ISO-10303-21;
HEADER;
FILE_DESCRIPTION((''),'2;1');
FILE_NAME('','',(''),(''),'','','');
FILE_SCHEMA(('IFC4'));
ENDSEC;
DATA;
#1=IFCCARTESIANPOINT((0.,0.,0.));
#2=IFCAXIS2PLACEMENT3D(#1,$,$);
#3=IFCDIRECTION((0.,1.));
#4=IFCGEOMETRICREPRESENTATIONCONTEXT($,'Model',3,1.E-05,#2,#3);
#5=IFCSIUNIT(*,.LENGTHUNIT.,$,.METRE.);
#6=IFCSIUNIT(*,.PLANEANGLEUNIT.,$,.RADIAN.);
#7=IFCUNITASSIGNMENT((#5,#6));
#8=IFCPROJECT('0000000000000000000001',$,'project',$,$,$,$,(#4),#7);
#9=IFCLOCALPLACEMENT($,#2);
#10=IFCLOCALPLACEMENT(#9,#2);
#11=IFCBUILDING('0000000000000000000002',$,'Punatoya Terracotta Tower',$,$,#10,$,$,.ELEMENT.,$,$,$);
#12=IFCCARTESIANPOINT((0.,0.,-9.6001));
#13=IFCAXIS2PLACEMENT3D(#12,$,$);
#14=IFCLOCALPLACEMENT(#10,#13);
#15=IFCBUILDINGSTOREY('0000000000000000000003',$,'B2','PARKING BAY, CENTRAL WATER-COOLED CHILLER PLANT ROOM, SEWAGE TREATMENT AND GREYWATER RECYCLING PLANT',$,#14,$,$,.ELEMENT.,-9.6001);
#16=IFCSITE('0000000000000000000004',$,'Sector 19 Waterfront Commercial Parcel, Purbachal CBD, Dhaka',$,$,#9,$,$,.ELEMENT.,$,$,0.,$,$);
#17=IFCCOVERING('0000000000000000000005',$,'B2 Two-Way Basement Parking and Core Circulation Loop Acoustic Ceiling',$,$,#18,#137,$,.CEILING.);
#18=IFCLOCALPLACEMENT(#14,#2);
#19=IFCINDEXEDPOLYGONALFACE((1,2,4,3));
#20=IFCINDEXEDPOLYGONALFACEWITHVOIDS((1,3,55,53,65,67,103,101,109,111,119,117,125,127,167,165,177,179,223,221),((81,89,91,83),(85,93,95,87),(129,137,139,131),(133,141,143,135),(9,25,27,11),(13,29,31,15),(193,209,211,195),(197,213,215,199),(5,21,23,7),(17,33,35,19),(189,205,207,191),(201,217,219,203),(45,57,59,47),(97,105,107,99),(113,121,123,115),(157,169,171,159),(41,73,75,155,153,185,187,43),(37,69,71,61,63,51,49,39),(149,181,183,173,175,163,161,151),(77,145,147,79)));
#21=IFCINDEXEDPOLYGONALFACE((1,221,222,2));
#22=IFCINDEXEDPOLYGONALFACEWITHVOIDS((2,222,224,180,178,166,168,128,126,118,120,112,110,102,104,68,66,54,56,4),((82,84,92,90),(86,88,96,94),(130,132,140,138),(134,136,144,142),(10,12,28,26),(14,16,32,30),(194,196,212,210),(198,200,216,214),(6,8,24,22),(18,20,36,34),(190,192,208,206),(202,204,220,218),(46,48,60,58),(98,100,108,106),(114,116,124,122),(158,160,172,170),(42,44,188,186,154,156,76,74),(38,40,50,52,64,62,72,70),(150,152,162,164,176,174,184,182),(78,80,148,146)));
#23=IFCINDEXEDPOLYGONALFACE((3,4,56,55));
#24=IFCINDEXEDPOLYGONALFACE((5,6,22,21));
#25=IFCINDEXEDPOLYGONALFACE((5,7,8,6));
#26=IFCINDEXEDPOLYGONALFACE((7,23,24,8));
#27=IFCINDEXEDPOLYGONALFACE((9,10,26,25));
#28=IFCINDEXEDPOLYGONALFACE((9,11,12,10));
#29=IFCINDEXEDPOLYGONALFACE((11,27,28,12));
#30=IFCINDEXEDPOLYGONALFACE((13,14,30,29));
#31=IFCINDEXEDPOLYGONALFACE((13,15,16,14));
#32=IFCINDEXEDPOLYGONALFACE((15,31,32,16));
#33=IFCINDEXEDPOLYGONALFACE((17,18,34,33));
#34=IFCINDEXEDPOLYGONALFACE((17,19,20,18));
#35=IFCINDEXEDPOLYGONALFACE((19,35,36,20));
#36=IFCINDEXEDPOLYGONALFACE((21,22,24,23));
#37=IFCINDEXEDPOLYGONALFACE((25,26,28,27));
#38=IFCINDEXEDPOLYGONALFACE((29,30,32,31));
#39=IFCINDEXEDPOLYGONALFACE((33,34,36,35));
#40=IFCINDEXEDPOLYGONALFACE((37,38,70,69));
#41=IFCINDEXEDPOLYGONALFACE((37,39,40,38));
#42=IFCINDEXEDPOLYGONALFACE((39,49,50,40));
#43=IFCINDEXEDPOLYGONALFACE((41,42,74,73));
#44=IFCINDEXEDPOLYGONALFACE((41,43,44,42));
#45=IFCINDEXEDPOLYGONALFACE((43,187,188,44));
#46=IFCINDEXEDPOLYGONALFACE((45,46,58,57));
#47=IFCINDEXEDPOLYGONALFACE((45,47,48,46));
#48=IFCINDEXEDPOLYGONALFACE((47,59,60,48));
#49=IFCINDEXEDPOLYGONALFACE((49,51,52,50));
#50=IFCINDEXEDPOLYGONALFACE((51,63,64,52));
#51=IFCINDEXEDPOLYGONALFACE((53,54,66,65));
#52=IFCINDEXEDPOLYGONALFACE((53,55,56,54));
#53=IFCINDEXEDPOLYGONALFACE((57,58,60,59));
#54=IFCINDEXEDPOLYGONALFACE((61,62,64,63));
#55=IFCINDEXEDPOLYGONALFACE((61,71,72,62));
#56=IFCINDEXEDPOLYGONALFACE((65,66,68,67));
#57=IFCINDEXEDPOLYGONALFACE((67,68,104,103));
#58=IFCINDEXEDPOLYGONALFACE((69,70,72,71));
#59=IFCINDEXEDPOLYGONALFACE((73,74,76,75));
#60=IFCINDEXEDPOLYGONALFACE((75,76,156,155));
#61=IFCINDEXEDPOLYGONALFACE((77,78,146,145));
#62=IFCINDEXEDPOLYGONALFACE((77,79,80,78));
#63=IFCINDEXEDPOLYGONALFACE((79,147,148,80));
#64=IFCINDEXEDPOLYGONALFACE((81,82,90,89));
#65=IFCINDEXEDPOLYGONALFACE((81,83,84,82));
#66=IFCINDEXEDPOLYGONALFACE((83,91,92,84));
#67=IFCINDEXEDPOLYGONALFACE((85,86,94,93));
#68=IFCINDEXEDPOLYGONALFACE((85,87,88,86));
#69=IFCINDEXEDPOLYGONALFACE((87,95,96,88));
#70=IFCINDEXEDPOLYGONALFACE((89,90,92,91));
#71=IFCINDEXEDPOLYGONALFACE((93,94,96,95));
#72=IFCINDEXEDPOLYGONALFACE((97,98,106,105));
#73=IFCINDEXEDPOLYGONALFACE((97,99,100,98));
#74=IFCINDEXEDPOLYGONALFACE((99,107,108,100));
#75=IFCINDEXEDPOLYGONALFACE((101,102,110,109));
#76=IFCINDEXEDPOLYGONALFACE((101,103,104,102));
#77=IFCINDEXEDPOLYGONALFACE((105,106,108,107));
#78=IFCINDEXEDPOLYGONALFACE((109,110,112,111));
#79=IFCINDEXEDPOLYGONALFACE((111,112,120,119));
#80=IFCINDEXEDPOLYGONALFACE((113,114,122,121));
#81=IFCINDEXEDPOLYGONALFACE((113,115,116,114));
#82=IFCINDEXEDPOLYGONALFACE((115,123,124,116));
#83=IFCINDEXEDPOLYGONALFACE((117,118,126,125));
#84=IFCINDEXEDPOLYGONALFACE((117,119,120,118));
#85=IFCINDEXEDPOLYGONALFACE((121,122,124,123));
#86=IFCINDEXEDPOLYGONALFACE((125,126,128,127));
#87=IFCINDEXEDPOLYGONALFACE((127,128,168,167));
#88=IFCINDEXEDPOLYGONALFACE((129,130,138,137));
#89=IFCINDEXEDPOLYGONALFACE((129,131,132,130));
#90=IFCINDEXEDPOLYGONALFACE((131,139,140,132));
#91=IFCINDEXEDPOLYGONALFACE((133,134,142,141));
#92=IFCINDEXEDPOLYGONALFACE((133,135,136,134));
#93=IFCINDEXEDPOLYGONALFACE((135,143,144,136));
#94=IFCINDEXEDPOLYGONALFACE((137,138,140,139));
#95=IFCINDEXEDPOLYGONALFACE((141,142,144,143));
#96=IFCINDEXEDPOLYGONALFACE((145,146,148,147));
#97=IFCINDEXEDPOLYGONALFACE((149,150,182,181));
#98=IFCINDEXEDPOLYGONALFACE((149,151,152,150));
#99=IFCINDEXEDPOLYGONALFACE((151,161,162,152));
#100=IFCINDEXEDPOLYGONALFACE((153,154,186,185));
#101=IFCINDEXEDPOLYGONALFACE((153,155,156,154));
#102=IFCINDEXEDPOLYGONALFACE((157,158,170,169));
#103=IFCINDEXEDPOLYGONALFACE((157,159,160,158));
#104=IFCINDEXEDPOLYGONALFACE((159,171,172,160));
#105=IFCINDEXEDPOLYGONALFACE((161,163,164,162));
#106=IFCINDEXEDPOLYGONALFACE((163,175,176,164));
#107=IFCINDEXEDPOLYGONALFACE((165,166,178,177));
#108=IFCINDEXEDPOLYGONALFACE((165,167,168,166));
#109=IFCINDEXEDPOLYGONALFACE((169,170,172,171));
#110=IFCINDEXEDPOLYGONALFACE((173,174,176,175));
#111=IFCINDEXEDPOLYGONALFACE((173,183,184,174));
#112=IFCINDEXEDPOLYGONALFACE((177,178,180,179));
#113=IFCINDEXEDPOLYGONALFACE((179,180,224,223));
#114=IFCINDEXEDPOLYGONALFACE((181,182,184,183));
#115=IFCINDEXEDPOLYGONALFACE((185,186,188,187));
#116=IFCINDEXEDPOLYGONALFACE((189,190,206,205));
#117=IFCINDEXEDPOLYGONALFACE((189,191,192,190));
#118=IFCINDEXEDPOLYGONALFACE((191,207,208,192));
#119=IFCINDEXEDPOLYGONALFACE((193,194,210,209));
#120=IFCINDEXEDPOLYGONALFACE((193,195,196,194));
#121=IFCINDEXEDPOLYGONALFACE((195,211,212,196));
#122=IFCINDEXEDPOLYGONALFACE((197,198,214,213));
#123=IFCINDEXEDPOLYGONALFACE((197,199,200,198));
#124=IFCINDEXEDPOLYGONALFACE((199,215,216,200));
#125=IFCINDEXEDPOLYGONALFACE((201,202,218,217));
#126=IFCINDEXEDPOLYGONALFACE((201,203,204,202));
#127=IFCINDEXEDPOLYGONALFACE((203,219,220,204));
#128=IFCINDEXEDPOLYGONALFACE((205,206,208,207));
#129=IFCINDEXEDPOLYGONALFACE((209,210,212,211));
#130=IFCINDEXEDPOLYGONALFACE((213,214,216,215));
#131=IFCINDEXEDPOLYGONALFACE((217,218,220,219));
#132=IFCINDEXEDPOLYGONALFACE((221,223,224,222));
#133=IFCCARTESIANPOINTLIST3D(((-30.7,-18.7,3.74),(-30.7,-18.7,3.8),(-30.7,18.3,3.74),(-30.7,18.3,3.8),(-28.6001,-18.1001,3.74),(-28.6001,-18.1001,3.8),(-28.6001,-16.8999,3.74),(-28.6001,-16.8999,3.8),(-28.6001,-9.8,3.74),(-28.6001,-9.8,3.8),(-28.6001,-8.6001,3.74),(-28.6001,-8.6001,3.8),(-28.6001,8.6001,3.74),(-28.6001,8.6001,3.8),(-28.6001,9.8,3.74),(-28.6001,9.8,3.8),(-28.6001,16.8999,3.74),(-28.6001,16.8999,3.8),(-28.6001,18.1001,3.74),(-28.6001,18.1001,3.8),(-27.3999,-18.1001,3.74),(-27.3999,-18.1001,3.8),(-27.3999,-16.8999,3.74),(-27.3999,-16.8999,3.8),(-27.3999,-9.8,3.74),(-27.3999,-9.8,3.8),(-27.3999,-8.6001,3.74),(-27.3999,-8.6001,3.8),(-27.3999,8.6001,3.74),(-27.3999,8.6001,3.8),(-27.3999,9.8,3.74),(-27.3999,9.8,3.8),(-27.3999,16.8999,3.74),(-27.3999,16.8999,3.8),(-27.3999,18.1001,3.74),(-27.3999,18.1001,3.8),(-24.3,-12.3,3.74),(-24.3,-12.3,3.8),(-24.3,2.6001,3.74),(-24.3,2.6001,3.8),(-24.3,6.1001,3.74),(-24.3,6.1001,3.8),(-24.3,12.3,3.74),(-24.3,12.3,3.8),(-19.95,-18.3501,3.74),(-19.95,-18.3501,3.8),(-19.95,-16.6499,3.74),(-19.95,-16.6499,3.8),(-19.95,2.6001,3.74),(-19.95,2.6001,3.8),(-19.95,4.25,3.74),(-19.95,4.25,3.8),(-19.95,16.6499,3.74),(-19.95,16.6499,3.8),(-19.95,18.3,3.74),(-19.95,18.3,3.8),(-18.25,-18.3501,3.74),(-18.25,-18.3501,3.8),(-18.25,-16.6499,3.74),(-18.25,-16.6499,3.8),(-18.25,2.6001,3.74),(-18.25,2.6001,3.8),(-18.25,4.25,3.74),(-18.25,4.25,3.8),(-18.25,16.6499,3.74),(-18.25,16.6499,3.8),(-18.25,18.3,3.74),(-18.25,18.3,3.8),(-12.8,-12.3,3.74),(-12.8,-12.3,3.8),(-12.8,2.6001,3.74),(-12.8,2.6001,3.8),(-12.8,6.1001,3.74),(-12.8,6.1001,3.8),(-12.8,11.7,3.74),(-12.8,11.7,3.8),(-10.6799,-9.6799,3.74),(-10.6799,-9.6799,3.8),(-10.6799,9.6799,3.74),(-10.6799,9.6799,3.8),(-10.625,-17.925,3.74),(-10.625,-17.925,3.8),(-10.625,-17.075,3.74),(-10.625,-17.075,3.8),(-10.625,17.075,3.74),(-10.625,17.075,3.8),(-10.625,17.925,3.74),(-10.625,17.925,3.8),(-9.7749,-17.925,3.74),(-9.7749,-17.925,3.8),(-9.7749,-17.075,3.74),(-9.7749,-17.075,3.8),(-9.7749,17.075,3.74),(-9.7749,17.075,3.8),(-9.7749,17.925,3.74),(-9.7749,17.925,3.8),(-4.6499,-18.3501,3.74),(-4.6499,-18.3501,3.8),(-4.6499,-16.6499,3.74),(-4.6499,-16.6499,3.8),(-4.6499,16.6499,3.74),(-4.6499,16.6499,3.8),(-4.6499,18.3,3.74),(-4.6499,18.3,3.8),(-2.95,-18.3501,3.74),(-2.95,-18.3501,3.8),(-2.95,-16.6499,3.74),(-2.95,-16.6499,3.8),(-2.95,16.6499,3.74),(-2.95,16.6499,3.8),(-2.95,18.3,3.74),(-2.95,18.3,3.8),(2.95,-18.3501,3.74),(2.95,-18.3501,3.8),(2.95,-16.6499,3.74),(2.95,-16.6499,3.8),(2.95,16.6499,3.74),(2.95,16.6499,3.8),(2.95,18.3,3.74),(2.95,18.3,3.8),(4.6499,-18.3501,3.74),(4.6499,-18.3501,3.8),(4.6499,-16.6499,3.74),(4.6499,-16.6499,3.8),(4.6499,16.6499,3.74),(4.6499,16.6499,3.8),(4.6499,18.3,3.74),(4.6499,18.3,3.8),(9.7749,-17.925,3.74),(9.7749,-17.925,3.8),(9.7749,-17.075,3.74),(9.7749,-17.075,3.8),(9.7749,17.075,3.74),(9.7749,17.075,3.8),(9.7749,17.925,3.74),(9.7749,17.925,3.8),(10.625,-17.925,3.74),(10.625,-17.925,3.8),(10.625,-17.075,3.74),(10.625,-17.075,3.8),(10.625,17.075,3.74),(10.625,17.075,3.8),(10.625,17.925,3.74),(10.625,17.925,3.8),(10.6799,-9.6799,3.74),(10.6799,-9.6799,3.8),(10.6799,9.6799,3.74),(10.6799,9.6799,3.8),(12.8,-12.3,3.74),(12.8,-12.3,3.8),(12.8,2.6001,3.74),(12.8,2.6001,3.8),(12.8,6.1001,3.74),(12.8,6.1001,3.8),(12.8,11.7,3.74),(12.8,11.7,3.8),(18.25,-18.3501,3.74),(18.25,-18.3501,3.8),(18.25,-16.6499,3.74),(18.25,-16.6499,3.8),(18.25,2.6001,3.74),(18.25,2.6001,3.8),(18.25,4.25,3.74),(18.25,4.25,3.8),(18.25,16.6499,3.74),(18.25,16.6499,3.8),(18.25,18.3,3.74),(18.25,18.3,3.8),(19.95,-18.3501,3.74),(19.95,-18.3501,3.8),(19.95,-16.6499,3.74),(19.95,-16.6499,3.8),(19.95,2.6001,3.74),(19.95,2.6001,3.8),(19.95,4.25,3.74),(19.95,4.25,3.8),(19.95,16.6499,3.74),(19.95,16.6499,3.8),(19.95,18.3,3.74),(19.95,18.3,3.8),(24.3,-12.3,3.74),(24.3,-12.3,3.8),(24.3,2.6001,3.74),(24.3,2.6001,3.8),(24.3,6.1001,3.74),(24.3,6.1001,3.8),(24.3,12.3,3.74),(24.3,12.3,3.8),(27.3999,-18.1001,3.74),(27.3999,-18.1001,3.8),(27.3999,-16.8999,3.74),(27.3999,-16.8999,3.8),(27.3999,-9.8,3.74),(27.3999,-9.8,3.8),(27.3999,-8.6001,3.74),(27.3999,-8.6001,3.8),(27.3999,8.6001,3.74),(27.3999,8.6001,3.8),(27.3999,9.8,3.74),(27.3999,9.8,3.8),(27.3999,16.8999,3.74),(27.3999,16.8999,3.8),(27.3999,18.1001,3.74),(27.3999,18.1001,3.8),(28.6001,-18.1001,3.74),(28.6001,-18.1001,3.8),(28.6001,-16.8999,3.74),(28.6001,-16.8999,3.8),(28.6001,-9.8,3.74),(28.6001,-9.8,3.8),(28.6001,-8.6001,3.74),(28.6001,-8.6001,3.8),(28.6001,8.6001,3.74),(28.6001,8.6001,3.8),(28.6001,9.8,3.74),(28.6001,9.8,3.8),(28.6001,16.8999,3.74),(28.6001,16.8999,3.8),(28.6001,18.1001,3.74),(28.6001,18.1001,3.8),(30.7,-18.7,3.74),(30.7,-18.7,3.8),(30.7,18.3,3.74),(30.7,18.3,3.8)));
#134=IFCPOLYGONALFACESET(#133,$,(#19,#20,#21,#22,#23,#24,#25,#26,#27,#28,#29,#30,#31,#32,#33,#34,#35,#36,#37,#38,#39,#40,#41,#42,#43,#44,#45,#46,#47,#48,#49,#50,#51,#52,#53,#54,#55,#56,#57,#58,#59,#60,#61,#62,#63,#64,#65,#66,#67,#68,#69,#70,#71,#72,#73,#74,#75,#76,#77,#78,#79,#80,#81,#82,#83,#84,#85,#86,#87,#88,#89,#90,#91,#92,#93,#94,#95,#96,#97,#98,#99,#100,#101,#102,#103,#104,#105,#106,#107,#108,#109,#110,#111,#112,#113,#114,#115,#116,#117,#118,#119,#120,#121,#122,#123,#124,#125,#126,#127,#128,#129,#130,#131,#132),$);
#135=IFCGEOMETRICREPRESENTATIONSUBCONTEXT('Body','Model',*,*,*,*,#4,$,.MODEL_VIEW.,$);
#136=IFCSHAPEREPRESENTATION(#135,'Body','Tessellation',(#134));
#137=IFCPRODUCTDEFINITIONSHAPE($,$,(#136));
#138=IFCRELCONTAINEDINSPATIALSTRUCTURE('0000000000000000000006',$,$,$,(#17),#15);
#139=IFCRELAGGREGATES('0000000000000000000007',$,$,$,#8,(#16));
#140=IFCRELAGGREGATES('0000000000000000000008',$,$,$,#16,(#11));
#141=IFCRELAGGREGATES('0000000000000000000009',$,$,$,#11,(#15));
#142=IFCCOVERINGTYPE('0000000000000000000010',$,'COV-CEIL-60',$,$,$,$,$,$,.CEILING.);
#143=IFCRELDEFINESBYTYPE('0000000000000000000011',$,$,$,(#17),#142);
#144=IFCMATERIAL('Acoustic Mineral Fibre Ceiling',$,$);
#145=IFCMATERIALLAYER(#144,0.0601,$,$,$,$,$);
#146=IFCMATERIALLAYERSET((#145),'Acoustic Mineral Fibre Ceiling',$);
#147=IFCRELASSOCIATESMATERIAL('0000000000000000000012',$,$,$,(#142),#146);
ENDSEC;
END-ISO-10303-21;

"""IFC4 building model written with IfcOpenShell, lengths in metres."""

from ifc_helpers import new_model, si_unit, direction, frame, origin, place, context, subcontext, project, spatial, polyline, outline, extrude, material, layer, layer_set, type_object, element, save


model = new_model("IFC4")

# Units and contexts
model_context = context("Model", 3, precision=1e-05, world=origin(), true_north=direction((0.0, 1.0)))
body_context = subcontext(model_context, "Body", "Model", "MODEL_VIEW")
ifc_project = project(units=[si_unit("LENGTHUNIT", "METRE"), si_unit("PLANEANGLEUNIT", "RADIAN")], contexts=[model_context])

# Site, building, storey
site_placement = place(None, origin())
site = spatial("IfcSite", under=ifc_project, at=site_placement, Name="Sector 19 Waterfront Commercial Parcel, Purbachal CBD, Dhaka", CompositionType="ELEMENT", RefElevation=0.0)
building_placement = place(site_placement, origin())
building = spatial("IfcBuilding", under=site, at=building_placement, Name="Punatoya Terracotta Tower", CompositionType="ELEMENT")
storey_placement = place(building_placement, frame((0.0, 0.0, -9.6001)))
storey = spatial("IfcBuildingStorey", under=building, at=storey_placement, Name="B2", Description="PARKING BAY, CENTRAL WATER-COOLED CHILLER PLANT ROOM, SEWAGE TREATMENT AND GREYWATER RECYCLING PLANT", CompositionType="ELEMENT", Elevation=-9.6001)

# Covering
ifc_material_1 = material(Name="Acoustic Mineral Fibre Ceiling")
ifc_layer_1 = layer(ifc_material_1, 0.0601)
ifc_layer_set_1 = layer_set([ifc_layer_1], Name="Acoustic Mineral Fibre Ceiling")
covering_type = type_object("IfcCoveringType", Name="COV-CEIL-60", PredefinedType="CEILING", material=ifc_layer_set_1)
covering_placement = place(storey_placement, frame((0.0, 0.0, 3.74)))
element("IfcCovering", 1, at=covering_placement, inside=storey, type_object=covering_type, Name="B2 Two-Way Basement Parking and Core Circulation Loop Acoustic Ceiling", PredefinedType="CEILING", context=body_context, shape_type="SweptSolid", body=[
    extrude(outline(polyline([(30.7, -18.7), (30.7, 18.3), (19.95, 18.3), (19.95, 16.6499), (18.25, 16.6499), (18.25, 18.3), (4.6499, 18.3), (4.6499, 16.6499), (2.95, 16.6499), (2.95, 18.3), (-2.95, 18.3), (-2.95, 16.6499), (-4.6499, 16.6499), (-4.6499, 18.3), (-18.25, 18.3), (-18.25, 16.6499), (-19.95, 16.6499), (-19.95, 18.3), (-30.7, 18.3), (-30.7, -18.7), (30.7, -18.7)]), holes=[polyline([(28.6001, 18.1001), (28.6001, 16.8999), (27.3999, 16.8999), (27.3999, 18.1001), (28.6001, 18.1001)]), polyline([(28.6001, 8.6001), (27.3999, 8.6001), (27.3999, 9.8), (28.6001, 9.8), (28.6001, 8.6001)]), polyline([(28.6001, -8.6001), (28.6001, -9.8), (27.3999, -9.8), (27.3999, -8.6001), (28.6001, -8.6001)]), polyline([(28.6001, -16.8999), (28.6001, -18.1001), (27.3999, -18.1001), (27.3999, -16.8999), (28.6001, -16.8999)]), polyline([(18.25, 2.6001), (18.25, 4.25), (19.95, 4.25), (19.95, 2.6001), (24.3, 2.6001), (24.3, -12.3), (12.8, -12.3), (12.8, 2.6001), (18.25, 2.6001)]), polyline([(12.8, 11.7), (-12.8, 11.7), (-12.8, 6.1001), (-24.3, 6.1001), (-24.3, 12.3), (24.3, 12.3), (24.3, 6.1001), (12.8, 6.1001), (12.8, 11.7)]), polyline([(19.95, -18.3501), (18.25, -18.3501), (18.25, -16.6499), (19.95, -16.6499), (19.95, -18.3501)]), polyline([(10.6799, -9.6799), (-10.6799, -9.6799), (-10.6799, 9.6799), (10.6799, 9.6799), (10.6799, -9.6799)]), polyline([(9.7749, -17.075), (10.625, -17.075), (10.625, -17.925), (9.7749, -17.925), (9.7749, -17.075)]), polyline([(10.625, 17.075), (9.7749, 17.075), (9.7749, 17.925), (10.625, 17.925), (10.625, 17.075)]), polyline([(4.6499, -16.6499), (4.6499, -18.3501), (2.95, -18.3501), (2.95, -16.6499), (4.6499, -16.6499)]), polyline([(-4.6499, -16.6499), (-2.95, -16.6499), (-2.95, -18.3501), (-4.6499, -18.3501), (-4.6499, -16.6499)]), polyline([(-9.7749, 17.925), (-9.7749, 17.075), (-10.625, 17.075), (-10.625, 17.925), (-9.7749, 17.925)]), polyline([(-10.625, -17.925), (-10.625, -17.075), (-9.7749, -17.075), (-9.7749, -17.925), (-10.625, -17.925)]), polyline([(-12.8, -12.3), (-24.3, -12.3), (-24.3, 2.6001), (-19.95, 2.6001), (-19.95, 4.25), (-18.25, 4.25), (-18.25, 2.6001), (-12.8, 2.6001), (-12.8, -12.3)]), polyline([(-19.95, -18.3501), (-19.95, -16.6499), (-18.25, -16.6499), (-18.25, -18.3501), (-19.95, -18.3501)]), polyline([(-28.6001, -16.8999), (-27.3999, -16.8999), (-27.3999, -18.1001), (-28.6001, -18.1001), (-28.6001, -16.8999)]), polyline([(-28.6001, 18.1001), (-27.3999, 18.1001), (-27.3999, 16.8999), (-28.6001, 16.8999), (-28.6001, 18.1001)]), polyline([(-28.6001, 9.8), (-27.3999, 9.8), (-27.3999, 8.6001), (-28.6001, 8.6001), (-28.6001, 9.8)]), polyline([(-28.6001, -9.8), (-28.6001, -8.6001), (-27.3999, -8.6001), (-27.3999, -9.8), (-28.6001, -9.8)])]), origin(), (0.0, 0.0, 1.0), 0.0601),
])

save(model, "model.ifc")
